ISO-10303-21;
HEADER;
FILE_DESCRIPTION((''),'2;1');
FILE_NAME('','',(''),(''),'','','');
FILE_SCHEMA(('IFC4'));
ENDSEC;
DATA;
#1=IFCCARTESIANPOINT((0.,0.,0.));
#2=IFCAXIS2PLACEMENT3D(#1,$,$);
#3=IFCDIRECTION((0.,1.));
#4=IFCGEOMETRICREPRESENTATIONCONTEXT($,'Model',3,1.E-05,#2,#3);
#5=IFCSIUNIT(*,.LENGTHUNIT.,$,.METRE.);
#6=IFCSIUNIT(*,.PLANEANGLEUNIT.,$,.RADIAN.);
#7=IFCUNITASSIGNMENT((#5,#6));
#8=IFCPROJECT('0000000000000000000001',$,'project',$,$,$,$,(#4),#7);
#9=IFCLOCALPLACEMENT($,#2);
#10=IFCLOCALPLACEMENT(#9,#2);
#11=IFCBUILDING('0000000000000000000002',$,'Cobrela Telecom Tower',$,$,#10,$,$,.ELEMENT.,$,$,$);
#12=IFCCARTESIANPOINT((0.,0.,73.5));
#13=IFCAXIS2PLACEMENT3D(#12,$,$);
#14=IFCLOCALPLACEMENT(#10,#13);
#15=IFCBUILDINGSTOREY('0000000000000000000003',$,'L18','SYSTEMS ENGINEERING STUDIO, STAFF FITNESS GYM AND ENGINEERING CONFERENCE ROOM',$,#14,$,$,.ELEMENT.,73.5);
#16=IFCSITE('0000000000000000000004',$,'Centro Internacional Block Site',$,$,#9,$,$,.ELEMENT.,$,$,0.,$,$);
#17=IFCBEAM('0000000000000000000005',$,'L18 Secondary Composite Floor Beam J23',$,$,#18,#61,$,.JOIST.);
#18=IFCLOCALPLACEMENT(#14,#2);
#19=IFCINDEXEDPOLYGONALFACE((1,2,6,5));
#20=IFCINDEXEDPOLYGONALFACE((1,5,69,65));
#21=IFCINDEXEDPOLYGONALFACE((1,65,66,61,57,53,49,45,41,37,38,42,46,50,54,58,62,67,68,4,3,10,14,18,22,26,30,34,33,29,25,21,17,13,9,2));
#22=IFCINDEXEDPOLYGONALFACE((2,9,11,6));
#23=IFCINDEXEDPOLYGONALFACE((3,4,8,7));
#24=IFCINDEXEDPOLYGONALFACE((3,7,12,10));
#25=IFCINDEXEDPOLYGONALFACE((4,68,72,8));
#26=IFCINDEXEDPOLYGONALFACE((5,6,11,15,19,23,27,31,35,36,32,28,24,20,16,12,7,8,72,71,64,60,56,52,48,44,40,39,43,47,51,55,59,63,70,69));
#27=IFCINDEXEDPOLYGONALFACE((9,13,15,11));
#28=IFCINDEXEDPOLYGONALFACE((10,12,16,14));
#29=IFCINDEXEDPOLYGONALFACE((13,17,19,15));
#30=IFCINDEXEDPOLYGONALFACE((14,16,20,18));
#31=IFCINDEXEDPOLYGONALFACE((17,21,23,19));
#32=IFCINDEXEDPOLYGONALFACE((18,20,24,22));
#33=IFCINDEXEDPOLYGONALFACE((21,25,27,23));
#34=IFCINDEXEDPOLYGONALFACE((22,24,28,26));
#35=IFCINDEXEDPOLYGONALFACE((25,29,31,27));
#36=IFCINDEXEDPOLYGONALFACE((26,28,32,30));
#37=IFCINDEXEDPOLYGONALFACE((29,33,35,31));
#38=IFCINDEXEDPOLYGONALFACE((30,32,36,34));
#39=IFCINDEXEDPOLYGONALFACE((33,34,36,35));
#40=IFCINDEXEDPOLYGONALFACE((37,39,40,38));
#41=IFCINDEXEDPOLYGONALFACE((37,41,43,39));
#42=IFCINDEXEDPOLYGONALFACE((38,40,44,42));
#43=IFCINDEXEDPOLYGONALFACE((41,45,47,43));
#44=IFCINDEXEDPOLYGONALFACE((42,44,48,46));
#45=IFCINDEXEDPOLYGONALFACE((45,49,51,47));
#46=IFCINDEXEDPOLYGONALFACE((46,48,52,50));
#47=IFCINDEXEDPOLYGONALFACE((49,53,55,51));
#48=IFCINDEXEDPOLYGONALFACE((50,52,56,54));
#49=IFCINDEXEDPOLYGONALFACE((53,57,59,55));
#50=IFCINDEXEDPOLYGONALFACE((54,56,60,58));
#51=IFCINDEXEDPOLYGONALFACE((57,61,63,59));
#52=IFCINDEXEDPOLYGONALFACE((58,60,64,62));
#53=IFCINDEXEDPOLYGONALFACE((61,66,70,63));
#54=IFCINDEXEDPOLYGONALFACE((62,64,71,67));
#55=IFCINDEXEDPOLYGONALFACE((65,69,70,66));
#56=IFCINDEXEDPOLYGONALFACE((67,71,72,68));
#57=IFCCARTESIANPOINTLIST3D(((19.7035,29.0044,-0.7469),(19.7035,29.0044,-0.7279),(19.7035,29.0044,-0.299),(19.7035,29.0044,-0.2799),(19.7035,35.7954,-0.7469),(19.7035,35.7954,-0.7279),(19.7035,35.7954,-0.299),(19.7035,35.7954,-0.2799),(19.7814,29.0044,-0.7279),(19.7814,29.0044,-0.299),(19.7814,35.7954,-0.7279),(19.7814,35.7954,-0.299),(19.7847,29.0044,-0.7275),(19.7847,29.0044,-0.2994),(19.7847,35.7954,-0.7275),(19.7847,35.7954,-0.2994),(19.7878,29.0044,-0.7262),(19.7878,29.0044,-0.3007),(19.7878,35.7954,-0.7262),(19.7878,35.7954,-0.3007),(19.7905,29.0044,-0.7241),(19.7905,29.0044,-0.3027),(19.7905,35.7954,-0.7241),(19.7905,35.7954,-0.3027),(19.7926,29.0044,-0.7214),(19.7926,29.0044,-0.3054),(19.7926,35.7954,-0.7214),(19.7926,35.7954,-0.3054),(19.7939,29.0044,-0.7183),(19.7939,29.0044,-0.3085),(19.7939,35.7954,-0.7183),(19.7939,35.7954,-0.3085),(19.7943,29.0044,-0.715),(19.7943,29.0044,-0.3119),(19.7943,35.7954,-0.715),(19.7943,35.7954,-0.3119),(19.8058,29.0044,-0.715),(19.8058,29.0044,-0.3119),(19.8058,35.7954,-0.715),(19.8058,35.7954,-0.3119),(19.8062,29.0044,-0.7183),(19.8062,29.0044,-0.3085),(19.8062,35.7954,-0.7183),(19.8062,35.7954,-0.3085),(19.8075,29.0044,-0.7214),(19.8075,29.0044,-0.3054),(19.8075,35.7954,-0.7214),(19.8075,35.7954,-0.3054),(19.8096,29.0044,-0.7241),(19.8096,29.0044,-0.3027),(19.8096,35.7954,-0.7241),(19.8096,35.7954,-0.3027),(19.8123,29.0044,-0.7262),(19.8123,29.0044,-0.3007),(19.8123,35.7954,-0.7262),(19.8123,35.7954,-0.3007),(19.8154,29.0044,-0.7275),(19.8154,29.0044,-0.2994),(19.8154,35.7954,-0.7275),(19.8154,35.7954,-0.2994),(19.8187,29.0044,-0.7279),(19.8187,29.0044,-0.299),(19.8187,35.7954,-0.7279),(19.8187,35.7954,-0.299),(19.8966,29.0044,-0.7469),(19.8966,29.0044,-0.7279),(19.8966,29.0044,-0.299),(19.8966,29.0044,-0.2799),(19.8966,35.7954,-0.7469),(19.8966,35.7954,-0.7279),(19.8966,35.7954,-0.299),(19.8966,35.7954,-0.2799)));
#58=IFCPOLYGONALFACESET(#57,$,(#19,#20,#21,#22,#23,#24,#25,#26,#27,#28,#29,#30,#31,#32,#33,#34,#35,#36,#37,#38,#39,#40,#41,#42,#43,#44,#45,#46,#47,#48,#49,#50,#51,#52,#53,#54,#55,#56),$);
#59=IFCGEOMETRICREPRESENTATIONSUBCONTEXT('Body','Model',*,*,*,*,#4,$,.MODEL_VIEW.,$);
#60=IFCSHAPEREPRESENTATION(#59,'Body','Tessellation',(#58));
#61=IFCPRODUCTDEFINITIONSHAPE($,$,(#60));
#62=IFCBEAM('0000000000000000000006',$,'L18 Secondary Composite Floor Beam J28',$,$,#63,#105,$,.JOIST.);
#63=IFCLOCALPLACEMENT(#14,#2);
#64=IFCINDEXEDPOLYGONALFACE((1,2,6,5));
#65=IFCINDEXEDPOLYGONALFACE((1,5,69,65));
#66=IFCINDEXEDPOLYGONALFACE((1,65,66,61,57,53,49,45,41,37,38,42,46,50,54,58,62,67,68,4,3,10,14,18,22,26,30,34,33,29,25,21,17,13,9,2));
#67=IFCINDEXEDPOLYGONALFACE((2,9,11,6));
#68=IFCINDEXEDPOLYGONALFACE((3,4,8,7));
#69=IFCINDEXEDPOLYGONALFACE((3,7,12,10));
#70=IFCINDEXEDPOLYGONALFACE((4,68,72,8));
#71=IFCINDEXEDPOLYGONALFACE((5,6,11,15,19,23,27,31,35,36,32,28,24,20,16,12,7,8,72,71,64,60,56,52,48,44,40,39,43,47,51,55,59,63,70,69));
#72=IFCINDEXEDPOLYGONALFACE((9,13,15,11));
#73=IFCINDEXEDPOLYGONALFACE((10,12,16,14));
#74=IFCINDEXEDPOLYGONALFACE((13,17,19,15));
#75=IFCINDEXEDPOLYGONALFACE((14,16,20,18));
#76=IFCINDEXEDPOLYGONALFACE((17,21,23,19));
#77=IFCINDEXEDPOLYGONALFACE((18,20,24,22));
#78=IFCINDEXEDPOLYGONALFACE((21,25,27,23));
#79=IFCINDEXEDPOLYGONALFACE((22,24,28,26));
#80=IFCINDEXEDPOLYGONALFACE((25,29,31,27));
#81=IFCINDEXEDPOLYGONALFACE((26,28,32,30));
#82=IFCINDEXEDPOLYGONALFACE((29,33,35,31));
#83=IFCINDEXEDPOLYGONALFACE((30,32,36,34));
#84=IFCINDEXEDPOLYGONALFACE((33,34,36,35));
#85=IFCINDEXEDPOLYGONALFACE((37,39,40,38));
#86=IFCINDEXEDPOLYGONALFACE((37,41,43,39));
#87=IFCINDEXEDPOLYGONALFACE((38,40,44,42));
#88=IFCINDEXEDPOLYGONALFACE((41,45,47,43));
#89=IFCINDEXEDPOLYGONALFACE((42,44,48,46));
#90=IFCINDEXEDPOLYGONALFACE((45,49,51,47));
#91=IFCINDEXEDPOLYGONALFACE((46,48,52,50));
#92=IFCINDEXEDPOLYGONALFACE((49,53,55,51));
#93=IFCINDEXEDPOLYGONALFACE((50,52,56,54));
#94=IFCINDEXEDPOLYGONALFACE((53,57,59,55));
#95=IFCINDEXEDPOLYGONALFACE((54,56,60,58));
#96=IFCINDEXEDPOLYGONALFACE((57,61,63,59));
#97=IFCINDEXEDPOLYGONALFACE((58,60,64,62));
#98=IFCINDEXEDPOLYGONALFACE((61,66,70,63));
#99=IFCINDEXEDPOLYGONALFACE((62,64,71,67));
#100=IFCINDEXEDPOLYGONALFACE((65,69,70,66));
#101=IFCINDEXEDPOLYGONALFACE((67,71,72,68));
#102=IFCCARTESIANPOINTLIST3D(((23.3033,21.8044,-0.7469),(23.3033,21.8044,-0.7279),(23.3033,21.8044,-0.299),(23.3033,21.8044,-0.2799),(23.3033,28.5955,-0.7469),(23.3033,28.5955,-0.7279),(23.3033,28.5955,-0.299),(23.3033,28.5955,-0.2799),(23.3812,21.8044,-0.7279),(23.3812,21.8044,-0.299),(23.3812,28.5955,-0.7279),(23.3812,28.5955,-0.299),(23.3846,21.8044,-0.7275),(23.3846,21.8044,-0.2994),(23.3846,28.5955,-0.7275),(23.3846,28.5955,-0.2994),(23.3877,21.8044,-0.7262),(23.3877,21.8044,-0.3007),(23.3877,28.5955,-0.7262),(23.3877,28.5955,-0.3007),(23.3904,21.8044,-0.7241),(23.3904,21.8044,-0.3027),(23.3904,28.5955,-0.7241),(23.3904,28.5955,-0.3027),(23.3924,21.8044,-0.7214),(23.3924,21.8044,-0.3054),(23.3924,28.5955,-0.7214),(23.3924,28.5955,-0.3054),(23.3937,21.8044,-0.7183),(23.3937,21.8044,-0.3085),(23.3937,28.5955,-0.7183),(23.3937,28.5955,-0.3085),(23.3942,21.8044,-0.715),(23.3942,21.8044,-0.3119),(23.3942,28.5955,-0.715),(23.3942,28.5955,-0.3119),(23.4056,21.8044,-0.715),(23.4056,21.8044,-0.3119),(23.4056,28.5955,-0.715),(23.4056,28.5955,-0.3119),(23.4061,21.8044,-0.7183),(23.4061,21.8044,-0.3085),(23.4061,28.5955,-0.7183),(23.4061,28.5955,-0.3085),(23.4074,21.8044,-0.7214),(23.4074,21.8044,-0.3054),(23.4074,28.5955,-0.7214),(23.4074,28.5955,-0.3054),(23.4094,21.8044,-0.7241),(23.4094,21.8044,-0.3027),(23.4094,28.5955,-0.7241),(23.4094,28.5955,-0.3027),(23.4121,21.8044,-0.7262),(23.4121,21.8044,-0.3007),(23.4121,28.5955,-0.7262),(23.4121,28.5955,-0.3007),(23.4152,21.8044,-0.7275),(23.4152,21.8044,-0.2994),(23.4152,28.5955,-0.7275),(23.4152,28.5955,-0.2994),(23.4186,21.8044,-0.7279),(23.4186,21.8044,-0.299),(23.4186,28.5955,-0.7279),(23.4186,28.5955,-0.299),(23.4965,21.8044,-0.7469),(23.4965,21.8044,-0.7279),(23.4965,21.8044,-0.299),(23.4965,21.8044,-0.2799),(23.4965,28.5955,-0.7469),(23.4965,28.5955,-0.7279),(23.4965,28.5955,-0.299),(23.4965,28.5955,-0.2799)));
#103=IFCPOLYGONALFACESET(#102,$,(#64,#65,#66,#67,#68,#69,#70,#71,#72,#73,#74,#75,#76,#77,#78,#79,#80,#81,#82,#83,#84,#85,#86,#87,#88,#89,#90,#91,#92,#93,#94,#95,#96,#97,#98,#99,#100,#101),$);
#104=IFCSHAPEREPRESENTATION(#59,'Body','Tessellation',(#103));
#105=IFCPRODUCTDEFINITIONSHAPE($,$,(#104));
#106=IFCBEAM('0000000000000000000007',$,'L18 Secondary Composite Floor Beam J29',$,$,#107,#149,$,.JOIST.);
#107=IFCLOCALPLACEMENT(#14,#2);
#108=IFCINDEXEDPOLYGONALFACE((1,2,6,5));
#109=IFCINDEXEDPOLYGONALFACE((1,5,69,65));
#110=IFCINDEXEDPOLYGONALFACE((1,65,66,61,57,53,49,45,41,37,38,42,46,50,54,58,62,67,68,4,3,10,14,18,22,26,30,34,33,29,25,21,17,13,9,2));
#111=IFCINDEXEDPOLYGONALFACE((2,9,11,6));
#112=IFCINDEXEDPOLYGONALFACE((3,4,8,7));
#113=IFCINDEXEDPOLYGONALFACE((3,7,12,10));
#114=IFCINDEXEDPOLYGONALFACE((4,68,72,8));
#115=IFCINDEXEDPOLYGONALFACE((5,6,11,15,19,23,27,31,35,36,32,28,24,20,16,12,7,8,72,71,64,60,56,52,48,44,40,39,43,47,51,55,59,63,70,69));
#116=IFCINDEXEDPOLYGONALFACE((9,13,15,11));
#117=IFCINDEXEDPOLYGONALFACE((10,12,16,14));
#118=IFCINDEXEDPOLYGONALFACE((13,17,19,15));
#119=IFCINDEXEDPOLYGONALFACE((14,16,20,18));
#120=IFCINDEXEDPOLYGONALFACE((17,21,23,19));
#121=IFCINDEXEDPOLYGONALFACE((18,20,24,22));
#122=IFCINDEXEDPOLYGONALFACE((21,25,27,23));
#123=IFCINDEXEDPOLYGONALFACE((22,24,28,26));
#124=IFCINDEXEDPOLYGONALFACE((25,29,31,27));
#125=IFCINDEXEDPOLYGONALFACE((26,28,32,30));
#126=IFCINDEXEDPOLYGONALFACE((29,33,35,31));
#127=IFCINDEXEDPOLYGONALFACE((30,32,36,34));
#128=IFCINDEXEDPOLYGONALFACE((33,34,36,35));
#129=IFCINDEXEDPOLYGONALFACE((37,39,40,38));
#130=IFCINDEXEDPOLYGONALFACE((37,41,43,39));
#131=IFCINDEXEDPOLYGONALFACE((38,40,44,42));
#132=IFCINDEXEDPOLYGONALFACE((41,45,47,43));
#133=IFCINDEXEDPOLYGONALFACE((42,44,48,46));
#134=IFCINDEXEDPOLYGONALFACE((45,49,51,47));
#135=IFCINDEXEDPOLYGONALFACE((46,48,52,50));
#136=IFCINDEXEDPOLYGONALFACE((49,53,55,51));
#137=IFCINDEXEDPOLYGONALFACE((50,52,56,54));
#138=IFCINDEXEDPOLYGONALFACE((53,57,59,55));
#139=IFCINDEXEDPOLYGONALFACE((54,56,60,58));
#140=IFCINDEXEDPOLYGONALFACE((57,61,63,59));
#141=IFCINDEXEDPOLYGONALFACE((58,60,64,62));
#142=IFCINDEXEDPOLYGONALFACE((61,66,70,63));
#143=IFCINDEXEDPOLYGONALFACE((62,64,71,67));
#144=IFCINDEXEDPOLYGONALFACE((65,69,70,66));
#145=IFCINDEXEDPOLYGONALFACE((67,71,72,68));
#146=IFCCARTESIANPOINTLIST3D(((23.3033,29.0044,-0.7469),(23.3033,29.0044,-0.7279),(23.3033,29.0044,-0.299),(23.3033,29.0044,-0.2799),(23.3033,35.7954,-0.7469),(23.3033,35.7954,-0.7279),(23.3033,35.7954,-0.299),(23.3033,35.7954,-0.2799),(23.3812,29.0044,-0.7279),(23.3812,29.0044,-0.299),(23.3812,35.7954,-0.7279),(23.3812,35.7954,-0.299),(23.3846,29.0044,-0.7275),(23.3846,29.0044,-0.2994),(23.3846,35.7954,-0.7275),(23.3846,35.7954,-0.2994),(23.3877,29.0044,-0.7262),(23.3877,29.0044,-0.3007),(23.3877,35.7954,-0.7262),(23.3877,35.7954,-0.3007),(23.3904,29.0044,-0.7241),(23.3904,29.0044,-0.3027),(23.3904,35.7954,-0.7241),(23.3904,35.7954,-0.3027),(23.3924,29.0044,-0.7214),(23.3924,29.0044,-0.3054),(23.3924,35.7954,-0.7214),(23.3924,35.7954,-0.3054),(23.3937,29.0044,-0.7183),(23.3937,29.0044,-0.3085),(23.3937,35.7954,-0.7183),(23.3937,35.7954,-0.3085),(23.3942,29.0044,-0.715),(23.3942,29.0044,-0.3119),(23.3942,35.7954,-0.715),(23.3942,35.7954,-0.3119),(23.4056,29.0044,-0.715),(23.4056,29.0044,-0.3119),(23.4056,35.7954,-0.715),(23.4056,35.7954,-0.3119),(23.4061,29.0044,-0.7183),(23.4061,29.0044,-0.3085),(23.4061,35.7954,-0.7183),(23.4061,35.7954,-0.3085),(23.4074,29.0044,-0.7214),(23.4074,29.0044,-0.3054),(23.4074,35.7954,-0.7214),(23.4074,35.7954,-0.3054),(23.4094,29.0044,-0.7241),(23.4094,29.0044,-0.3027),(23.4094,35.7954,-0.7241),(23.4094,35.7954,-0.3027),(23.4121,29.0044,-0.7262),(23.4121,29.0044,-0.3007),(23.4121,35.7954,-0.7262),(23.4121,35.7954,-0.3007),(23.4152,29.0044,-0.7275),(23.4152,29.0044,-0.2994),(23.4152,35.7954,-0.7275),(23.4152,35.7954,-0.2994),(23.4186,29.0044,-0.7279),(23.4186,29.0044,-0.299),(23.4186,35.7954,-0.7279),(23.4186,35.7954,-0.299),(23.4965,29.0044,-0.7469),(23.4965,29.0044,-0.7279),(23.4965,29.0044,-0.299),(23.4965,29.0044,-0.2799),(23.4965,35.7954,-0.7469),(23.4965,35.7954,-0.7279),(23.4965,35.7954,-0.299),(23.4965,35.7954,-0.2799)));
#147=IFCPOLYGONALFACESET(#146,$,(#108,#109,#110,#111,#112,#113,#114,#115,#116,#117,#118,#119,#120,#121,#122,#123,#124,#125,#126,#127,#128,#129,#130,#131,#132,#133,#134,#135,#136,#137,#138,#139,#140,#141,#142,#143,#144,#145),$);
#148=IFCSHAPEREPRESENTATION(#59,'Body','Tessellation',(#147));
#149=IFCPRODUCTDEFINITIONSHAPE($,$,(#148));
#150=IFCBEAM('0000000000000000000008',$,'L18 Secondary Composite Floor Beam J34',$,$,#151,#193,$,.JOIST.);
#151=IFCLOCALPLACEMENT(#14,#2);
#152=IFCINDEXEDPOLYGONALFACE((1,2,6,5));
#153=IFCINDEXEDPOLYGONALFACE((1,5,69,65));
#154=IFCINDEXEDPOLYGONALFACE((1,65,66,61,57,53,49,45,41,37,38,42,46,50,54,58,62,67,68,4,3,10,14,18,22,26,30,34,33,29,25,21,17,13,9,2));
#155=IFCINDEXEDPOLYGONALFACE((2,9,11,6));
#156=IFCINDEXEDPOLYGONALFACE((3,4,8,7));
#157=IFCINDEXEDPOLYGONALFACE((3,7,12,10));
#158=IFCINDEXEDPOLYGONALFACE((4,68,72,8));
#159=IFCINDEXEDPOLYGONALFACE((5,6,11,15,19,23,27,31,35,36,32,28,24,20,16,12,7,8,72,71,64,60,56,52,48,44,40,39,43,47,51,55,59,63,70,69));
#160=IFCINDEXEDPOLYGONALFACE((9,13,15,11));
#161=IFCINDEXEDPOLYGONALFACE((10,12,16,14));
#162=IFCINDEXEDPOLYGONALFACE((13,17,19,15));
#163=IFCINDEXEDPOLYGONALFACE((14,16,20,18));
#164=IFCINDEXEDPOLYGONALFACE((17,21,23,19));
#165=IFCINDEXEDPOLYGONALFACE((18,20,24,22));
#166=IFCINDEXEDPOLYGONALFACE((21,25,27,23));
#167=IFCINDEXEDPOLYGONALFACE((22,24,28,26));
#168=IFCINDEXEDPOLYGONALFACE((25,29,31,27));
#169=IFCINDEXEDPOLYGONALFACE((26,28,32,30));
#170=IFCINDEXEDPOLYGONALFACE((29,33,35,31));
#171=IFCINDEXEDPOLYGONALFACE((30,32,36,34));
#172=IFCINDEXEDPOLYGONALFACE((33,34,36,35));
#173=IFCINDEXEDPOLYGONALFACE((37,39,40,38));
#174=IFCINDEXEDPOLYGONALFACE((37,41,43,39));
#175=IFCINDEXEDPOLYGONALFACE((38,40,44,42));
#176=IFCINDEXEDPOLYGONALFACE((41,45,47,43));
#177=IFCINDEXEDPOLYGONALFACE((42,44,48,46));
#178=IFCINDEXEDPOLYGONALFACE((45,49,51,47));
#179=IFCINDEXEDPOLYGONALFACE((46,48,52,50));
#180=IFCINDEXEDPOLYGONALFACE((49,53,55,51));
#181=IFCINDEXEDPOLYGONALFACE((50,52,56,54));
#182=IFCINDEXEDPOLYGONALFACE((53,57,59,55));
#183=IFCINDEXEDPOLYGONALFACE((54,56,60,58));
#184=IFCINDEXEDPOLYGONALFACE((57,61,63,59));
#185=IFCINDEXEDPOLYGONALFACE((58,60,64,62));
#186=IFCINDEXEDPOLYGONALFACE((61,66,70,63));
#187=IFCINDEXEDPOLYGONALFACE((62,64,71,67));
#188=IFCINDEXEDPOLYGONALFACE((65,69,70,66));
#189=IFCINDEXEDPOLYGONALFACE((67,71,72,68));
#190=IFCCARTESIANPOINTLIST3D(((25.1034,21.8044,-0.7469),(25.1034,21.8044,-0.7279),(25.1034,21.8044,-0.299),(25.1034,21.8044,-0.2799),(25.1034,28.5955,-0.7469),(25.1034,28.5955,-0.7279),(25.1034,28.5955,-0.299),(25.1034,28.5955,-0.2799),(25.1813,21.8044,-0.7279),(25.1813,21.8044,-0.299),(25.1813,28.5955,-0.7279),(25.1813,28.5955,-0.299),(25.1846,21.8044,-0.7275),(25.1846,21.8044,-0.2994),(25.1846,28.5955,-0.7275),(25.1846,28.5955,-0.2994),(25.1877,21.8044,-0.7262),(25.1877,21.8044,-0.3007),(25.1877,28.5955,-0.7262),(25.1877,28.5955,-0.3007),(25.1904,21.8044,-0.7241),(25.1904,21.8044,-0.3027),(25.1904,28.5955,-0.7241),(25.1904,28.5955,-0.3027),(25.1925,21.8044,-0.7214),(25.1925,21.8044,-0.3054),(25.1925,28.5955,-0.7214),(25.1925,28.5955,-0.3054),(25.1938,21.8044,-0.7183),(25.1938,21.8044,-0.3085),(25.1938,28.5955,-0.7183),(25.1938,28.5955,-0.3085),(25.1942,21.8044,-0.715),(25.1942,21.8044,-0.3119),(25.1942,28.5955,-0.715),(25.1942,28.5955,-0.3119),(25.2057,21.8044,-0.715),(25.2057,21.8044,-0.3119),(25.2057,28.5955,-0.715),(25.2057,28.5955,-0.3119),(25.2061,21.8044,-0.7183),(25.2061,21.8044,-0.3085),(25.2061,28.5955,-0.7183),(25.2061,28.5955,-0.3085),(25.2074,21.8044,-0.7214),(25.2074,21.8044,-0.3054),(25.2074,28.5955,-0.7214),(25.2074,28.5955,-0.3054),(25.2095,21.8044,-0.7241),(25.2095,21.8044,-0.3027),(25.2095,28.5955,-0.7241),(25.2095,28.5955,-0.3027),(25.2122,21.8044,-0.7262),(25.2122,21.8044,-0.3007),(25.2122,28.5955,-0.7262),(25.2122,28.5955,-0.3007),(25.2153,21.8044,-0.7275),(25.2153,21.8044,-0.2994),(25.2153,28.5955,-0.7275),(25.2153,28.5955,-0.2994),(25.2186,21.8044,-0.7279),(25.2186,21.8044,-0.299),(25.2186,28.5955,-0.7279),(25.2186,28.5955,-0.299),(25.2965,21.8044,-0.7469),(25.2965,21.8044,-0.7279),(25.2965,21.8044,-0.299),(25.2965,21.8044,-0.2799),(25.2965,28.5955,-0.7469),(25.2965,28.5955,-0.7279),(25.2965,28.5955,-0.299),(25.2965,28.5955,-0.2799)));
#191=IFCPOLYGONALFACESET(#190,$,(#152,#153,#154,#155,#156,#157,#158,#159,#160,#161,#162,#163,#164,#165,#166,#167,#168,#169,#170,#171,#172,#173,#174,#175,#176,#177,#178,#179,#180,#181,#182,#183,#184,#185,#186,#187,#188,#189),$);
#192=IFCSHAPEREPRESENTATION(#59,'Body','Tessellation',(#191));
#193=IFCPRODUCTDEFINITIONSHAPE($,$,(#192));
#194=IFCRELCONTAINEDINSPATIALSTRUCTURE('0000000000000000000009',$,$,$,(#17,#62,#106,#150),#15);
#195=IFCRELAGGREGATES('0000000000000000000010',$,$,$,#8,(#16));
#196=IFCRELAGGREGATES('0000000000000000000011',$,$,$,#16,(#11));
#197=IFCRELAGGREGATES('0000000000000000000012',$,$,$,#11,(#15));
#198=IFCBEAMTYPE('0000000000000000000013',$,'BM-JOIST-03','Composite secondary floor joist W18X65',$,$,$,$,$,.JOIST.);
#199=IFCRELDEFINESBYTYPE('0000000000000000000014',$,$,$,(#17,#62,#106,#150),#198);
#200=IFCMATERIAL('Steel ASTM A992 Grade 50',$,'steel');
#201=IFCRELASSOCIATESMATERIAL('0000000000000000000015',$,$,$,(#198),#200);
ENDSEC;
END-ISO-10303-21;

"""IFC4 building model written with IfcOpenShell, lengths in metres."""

from ifc_helpers import new_model, si_unit, direction, frame, origin, origin_2d, place, context, subcontext, project, spatial, i_section, extrude, material, material_profile, profile_set, type_object, element, save


model = new_model("IFC4")

# Units and contexts
model_context = context("Model", 3, precision=1e-05, world=origin(), true_north=direction((0.0, 1.0)))
body_context = subcontext(model_context, "Body", "Model", "MODEL_VIEW")
ifc_project = project(units=[si_unit("LENGTHUNIT", "METRE"), si_unit("PLANEANGLEUNIT", "RADIAN")], contexts=[model_context])

# Site, building, storey
site_placement = place(None, origin())
site = spatial("IfcSite", under=ifc_project, at=site_placement, Name="Centro Internacional Block Site", CompositionType="ELEMENT", RefElevation=0.0)
building_placement = place(site_placement, origin())
building = spatial("IfcBuilding", under=site, at=building_placement, Name="Cobrela Telecom Tower", CompositionType="ELEMENT")
storey_placement = place(building_placement, frame((0.0, 0.0, 73.5)))
storey = spatial("IfcBuildingStorey", under=building, at=storey_placement, Name="L18", Description="SYSTEMS ENGINEERING STUDIO, STAFF FITNESS GYM AND ENGINEERING CONFERENCE ROOM", CompositionType="ELEMENT", Elevation=73.5)

# Shared definitions
ifc_material_1 = material(Name="Steel ASTM A992 Grade 50", Category="steel")

# Beams
ifc_material_profile_1 = material_profile(ifc_material_1, i_section(OverallWidth=0.1931, OverallDepth=0.467, WebThickness=0.0115, FlangeThickness=0.019, FilletRadius=0.0129, at=origin_2d()), Name="W18X65")
ifc_profile_set_1 = profile_set([ifc_material_profile_1], Name="Steel ASTM A992 Grade 50")
beam_type_1 = type_object("IfcBeamType", Name="BM-JOIST-03", Description="Composite secondary floor joist W18X65", PredefinedType="JOIST", material=ifc_profile_set_1)
for number, where, z_axis, x_axis, name in (
    (1, (19.8, 29.0044, -0.5134), (0.0, 1.0, 0.0), (-1.0, 0.0, 0.0), "L18 Secondary Composite Floor Beam J23"),
    (2, (23.3999, 21.8044, -0.5134), (0.0, 1.0, 0.0), (-1.0, 0.0, 0.0), "L18 Secondary Composite Floor Beam J28"),
    (3, (23.3999, 29.0044, -0.5134), (0.0, 1.0, 0.0), (-1.0, 0.0, 0.0), "L18 Secondary Composite Floor Beam J29"),
    (4, (25.2, 21.8044, -0.5134), (0.0, 1.0, 0.0), (-1.0, 0.0, 0.0), "L18 Secondary Composite Floor Beam J34"),
):
    element("IfcBeam", number, at=place(storey_placement, frame(where, z_axis=z_axis, x_axis=x_axis)), inside=storey, type_object=beam_type_1, Name=name, PredefinedType="JOIST", context=body_context, shape_type="SweptSolid", body=[
        extrude(i_section(OverallWidth=0.1931, OverallDepth=0.467, WebThickness=0.0115, FlangeThickness=0.019, FilletRadius=0.0129, at=origin_2d()), origin(), (0.0, 0.0, 1.0), 6.791),
    ])

save(model, "model.ifc")
